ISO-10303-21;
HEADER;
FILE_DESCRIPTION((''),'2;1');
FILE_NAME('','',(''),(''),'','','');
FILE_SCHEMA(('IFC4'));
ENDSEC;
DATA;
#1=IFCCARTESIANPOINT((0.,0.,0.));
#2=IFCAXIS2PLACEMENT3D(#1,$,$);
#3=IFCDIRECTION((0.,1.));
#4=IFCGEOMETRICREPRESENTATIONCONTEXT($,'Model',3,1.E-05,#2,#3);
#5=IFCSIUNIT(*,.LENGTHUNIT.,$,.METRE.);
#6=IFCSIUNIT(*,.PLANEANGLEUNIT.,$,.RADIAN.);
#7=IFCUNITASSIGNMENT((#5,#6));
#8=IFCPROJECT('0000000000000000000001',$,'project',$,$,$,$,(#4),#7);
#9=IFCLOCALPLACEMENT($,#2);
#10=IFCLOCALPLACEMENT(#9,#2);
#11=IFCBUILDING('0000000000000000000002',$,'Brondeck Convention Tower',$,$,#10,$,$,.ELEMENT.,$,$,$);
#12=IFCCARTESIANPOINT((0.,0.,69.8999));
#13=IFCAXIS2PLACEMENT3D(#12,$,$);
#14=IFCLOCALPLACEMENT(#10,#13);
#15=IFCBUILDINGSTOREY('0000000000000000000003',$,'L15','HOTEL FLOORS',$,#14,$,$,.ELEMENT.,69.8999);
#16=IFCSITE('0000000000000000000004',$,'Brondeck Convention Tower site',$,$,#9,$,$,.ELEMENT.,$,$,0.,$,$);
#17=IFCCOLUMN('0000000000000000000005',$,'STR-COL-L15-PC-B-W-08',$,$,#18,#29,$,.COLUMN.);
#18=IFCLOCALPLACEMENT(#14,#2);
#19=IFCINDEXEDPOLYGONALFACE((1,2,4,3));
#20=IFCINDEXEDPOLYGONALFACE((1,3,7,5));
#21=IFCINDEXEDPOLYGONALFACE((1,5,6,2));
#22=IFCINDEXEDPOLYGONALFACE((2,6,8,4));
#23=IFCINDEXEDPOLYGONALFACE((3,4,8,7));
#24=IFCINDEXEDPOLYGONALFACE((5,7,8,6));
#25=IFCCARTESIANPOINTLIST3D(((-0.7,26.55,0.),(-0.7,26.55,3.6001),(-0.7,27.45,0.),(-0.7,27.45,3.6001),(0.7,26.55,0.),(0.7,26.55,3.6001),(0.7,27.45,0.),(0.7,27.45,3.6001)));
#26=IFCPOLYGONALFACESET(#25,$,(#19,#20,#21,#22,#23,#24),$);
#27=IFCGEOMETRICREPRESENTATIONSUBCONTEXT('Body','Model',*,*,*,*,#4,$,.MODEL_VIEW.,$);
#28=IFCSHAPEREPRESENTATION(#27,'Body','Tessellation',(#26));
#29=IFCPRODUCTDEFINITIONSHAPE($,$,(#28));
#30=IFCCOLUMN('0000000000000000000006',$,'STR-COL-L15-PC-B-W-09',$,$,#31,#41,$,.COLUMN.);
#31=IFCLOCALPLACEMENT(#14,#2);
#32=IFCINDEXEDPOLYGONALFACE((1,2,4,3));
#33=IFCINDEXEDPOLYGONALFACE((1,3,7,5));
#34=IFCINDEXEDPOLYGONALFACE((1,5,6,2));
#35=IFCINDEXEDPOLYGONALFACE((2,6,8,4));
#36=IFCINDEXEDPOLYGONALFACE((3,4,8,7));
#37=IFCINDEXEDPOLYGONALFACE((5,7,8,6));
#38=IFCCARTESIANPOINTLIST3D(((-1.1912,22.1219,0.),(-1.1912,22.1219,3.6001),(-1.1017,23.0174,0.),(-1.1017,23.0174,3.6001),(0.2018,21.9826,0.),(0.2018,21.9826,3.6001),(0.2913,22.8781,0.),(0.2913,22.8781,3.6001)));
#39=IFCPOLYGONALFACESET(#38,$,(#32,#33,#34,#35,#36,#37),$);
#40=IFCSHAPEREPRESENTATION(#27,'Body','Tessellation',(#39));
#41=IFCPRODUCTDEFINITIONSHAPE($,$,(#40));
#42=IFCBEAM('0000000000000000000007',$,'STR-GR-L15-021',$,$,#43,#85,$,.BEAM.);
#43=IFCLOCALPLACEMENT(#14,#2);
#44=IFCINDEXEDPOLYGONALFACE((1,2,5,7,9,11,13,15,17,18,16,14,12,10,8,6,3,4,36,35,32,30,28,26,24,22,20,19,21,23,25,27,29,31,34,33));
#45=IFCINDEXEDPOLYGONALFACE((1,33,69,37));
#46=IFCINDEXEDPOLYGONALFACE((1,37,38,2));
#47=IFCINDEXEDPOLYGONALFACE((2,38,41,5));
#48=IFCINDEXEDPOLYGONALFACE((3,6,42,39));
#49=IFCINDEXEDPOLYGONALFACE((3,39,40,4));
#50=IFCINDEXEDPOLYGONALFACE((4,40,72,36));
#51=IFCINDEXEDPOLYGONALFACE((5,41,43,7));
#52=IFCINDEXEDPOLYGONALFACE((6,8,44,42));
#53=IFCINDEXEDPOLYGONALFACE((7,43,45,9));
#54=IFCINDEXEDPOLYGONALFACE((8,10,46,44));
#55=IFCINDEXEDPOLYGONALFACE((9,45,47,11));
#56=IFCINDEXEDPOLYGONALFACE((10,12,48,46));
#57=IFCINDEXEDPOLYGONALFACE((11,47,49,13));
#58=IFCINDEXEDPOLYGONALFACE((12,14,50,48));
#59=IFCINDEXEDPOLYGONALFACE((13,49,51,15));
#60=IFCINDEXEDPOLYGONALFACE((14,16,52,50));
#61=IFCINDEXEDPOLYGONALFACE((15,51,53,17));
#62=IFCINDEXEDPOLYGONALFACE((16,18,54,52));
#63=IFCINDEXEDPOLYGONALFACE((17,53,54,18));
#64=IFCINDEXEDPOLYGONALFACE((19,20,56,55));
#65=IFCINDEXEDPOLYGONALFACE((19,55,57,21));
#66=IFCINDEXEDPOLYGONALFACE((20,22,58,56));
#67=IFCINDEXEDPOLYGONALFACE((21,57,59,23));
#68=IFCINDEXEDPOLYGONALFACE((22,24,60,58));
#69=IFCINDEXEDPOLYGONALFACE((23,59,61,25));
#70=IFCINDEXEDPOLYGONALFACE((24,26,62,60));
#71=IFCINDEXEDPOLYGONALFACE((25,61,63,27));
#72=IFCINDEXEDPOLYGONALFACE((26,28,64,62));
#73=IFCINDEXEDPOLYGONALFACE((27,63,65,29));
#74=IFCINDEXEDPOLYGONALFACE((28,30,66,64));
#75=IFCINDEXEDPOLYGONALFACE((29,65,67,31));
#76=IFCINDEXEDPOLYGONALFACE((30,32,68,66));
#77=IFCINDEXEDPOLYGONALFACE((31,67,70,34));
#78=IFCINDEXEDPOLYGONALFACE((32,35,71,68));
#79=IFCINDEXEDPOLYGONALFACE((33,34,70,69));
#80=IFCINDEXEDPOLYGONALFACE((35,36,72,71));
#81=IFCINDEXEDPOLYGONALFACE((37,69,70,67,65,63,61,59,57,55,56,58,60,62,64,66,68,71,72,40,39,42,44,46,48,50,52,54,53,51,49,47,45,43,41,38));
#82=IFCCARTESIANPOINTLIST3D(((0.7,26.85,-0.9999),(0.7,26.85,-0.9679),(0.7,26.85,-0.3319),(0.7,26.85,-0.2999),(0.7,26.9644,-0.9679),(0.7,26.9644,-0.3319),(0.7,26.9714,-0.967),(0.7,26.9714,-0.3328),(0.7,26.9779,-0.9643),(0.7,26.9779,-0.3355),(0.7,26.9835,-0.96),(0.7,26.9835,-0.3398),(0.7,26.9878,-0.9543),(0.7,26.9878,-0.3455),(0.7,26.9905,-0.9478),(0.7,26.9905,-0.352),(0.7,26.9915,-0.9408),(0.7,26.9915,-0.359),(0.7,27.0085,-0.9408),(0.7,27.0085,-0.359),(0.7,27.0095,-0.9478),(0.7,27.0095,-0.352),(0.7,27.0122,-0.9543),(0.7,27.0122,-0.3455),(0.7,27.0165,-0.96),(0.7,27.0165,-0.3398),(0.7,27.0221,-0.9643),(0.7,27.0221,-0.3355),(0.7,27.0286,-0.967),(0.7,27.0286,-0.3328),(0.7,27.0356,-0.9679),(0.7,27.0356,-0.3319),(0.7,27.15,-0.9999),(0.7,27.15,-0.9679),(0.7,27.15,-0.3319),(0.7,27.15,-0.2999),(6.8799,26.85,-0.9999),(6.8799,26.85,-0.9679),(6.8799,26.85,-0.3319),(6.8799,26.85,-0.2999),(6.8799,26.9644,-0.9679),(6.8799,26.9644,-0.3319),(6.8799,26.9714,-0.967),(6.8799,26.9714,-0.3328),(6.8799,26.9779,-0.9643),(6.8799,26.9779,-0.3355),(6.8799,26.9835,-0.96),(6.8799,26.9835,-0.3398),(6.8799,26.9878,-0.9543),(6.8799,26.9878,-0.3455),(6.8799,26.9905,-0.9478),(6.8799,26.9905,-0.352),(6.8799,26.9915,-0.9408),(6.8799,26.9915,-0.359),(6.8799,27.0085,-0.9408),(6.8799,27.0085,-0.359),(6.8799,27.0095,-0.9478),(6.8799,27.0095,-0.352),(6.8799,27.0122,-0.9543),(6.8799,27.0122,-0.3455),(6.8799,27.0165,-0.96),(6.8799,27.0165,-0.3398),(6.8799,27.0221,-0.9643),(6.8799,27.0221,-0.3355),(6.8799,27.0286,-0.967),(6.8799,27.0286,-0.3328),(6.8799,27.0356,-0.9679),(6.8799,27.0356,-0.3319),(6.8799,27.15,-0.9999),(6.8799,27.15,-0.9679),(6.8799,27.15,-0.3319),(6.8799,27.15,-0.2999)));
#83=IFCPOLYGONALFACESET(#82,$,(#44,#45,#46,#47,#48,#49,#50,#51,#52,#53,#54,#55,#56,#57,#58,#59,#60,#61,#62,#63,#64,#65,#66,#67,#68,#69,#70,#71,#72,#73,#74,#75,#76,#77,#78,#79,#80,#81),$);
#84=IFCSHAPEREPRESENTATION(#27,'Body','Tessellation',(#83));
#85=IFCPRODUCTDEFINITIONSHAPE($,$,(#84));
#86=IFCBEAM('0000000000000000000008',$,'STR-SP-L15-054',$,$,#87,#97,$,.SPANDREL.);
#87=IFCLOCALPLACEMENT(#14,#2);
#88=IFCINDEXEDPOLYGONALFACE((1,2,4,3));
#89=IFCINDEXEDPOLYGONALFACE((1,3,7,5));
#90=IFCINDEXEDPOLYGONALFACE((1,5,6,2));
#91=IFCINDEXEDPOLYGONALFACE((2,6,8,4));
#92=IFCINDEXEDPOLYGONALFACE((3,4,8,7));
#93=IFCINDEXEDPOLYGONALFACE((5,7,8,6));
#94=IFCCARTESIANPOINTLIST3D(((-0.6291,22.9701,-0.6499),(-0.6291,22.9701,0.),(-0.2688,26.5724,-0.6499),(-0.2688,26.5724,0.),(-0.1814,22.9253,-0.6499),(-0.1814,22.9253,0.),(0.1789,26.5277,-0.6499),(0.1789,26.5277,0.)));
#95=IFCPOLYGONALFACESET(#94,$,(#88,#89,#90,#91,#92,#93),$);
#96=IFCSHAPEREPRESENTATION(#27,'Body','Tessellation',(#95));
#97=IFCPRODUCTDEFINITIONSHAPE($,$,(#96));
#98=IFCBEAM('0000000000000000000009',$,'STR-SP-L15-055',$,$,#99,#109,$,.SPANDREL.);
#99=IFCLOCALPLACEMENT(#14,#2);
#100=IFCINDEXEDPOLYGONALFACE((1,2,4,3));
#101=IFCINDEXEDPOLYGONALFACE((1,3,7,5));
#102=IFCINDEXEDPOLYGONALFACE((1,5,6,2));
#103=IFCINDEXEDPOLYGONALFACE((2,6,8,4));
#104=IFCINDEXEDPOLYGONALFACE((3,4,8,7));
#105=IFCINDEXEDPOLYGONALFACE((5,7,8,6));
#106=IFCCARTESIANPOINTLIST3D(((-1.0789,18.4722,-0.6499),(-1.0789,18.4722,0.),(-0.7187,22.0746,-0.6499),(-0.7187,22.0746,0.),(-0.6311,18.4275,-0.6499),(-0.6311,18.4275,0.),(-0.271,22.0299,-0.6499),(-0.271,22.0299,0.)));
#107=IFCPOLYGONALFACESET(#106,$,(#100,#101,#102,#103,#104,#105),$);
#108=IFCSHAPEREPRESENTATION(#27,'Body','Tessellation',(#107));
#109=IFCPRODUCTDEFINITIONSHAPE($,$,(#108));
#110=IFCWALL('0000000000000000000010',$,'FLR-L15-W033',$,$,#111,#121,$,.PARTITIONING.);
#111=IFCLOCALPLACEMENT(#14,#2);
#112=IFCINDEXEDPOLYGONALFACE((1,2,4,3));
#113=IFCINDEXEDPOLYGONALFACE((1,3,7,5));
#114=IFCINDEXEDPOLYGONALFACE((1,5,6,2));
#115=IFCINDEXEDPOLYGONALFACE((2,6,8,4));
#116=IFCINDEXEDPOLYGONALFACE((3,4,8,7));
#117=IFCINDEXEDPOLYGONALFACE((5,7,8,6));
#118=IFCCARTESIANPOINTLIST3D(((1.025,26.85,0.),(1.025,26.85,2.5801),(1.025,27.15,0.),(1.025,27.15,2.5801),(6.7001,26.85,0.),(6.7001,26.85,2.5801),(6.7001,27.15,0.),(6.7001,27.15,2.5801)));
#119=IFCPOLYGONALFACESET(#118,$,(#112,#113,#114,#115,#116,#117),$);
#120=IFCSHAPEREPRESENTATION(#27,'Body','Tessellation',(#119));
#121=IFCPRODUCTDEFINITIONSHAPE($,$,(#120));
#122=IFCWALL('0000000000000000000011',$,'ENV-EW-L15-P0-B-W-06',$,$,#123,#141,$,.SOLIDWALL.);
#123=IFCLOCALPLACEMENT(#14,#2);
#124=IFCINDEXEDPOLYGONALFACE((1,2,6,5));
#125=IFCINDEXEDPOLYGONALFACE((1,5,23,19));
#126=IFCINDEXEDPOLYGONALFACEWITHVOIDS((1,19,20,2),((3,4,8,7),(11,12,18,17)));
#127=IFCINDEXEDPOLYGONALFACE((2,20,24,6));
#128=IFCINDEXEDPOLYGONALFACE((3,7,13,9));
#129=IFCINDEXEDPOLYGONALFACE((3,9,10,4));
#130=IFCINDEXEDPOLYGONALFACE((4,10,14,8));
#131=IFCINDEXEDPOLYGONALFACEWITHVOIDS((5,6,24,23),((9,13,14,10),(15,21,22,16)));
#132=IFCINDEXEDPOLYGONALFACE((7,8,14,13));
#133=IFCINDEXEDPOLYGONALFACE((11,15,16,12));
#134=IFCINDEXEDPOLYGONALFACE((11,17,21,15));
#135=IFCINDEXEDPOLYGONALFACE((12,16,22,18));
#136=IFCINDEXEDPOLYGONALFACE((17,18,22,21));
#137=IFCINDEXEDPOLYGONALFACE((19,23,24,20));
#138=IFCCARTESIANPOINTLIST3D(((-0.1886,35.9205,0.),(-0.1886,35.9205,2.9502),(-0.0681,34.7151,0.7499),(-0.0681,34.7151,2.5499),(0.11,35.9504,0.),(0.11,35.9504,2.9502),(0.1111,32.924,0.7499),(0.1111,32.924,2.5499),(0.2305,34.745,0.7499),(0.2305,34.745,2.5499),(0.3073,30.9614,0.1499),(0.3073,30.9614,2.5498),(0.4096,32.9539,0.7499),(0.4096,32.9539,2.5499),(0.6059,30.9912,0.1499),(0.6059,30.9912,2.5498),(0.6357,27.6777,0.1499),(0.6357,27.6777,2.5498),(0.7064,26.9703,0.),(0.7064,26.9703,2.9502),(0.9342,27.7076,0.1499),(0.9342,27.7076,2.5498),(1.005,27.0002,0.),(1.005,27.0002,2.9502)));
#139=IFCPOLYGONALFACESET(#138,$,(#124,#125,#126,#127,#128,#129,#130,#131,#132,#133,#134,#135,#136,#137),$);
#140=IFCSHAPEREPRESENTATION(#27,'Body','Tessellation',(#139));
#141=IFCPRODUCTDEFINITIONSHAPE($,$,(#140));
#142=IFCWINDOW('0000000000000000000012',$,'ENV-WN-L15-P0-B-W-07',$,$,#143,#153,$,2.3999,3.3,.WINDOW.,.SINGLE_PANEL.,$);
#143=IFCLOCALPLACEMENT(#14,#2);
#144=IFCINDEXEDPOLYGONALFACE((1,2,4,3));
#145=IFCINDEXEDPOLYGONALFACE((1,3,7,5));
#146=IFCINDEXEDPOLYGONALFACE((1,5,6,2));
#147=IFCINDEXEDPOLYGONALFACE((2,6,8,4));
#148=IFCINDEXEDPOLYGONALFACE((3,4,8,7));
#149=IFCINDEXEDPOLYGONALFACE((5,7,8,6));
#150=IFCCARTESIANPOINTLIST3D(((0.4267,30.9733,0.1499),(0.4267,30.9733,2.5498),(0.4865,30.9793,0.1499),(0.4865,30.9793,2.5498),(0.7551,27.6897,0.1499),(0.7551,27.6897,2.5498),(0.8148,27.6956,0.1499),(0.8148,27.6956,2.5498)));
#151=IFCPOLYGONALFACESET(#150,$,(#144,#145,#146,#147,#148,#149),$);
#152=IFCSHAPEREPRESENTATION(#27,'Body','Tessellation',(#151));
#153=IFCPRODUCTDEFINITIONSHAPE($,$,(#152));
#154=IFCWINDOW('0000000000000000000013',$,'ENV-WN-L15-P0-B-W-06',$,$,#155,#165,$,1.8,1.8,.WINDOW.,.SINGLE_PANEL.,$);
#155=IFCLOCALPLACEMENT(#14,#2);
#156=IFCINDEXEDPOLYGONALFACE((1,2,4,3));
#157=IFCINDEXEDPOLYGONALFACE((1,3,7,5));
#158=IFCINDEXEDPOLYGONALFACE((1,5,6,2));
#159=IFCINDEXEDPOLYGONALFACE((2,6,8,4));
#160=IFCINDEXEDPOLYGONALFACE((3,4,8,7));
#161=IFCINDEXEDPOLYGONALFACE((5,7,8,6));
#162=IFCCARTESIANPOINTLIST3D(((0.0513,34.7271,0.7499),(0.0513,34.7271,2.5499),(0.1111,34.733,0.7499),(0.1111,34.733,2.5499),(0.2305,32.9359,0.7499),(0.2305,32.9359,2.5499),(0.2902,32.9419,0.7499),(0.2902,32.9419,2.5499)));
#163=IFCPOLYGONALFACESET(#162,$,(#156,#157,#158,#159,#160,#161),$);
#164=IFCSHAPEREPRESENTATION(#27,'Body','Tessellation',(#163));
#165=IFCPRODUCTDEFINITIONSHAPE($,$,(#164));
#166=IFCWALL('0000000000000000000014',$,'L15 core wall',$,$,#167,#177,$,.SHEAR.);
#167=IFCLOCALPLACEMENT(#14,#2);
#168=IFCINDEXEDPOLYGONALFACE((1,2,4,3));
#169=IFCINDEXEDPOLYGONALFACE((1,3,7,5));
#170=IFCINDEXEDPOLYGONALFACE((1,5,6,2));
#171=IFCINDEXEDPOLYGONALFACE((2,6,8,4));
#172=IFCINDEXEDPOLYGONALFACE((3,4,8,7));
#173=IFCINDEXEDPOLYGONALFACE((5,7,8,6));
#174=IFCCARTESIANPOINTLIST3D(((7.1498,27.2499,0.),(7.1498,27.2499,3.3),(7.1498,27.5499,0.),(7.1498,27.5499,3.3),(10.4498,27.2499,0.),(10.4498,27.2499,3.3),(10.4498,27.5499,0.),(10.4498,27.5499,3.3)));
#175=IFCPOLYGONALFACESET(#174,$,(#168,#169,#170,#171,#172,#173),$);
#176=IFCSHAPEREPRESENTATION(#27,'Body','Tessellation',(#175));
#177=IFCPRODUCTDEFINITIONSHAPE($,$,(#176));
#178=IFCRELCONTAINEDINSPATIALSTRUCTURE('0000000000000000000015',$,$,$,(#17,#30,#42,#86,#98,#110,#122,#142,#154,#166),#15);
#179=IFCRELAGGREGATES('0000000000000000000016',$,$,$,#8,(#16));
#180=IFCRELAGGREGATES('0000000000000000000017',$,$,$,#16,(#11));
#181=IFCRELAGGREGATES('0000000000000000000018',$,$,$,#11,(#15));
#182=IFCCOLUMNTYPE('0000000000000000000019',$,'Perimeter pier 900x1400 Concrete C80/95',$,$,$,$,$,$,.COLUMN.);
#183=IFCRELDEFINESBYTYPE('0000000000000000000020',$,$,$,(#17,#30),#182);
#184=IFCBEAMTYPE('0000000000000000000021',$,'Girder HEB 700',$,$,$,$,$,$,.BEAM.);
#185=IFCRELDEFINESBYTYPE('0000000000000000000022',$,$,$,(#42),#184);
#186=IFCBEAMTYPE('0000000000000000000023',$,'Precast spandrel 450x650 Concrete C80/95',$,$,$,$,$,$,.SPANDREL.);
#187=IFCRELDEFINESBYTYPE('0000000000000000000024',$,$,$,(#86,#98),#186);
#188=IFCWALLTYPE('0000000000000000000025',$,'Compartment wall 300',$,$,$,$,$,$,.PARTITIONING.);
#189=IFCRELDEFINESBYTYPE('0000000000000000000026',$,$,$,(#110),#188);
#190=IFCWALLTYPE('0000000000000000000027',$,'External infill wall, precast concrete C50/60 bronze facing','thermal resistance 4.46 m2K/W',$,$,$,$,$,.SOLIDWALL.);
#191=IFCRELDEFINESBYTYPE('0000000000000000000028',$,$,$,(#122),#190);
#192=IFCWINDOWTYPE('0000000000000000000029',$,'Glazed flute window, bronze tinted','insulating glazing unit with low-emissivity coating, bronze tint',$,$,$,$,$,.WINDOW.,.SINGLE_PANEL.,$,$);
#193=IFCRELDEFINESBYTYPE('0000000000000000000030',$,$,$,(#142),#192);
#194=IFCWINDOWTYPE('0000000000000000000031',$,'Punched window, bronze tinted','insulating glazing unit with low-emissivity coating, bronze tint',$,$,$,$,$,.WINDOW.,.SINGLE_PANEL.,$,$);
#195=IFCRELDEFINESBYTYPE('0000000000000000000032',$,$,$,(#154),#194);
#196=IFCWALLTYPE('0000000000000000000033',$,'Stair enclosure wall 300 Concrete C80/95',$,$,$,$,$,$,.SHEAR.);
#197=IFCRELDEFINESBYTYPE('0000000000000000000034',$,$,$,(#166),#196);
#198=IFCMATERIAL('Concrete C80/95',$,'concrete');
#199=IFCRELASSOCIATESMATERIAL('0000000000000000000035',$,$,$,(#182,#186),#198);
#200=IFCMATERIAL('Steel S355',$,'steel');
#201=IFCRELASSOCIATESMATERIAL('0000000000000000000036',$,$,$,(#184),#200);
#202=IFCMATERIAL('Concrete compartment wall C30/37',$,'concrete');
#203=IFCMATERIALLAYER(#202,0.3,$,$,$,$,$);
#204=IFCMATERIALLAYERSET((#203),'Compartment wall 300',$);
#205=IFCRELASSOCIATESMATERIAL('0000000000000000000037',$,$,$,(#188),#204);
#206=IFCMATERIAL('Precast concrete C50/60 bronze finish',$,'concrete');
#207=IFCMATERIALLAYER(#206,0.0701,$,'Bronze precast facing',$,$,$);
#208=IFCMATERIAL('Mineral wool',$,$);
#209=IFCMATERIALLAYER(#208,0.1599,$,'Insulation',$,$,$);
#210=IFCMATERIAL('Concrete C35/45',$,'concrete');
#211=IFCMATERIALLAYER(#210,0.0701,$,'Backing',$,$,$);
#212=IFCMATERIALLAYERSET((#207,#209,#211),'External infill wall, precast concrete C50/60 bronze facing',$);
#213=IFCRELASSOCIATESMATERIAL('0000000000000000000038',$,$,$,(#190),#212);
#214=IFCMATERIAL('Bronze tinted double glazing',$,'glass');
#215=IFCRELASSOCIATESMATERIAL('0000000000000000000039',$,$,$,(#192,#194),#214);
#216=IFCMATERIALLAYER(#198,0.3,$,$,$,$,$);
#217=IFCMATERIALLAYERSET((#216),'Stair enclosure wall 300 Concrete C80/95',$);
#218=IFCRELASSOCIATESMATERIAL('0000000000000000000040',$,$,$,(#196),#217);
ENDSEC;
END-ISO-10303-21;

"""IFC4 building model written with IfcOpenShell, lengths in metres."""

from ifc_helpers import new_model, si_unit, direction, frame, frame_2d, origin, origin_2d, place, context, subcontext, project, spatial, rectangle, i_section, extrude, material, layer, layer_set, material_profile, profile_set, type_object, element, fill, save


model = new_model("IFC4")

# Units and contexts
model_context = context("Model", 3, precision=1e-05, world=origin(), true_north=direction((0.0, 1.0)))
body_context = subcontext(model_context, "Body", "Model", "MODEL_VIEW")
ifc_project = project(units=[si_unit("LENGTHUNIT", "METRE"), si_unit("PLANEANGLEUNIT", "RADIAN")], contexts=[model_context])

# Site, building, storey
site_placement = place(None, origin())
site = spatial("IfcSite", under=ifc_project, at=site_placement, Name="Brondeck Convention Tower site", CompositionType="ELEMENT", RefElevation=0.0)
building_placement = place(site_placement, origin())
building = spatial("IfcBuilding", under=site, at=building_placement, Name="Brondeck Convention Tower", CompositionType="ELEMENT")
storey_placement = place(building_placement, frame((0.0, 0.0, 69.8999)))
storey = spatial("IfcBuildingStorey", under=building, at=storey_placement, Name="L15", Description="HOTEL FLOORS", CompositionType="ELEMENT", Elevation=69.8999)

# Columns
ifc_material_1 = material(Name="Concrete C80/95", Category="concrete")
ifc_material_profile_1 = material_profile(ifc_material_1, rectangle(XDim=0.8999, YDim=1.3999, at=origin_2d()), Name="Perimeter pier 900x1400 Concrete C80/95")
ifc_profile_set_1 = profile_set([ifc_material_profile_1], Name="Concrete C80/95")
column_type = type_object("IfcColumnType", Name="Perimeter pier 900x1400 Concrete C80/95", PredefinedType="COLUMN", material=ifc_profile_set_1)
for number, where, z_axis, x_axis, name in (
    (1, (0.0, 27.0, 0.0), (0.0, 0.0, 1.0), (0.0, -1.0, 0.0), "STR-COL-L15-PC-B-W-08"),
    (2, (-0.45, 22.5, 0.0), (0.0, 0.0, 1.0), (-0.099504, -0.995037, 0.0), "STR-COL-L15-PC-B-W-09"),
):
    element("IfcColumn", number, at=place(storey_placement, frame(where, z_axis=z_axis, x_axis=x_axis)), inside=storey, type_object=column_type, Name=name, PredefinedType="COLUMN", context=body_context, shape_type="SweptSolid", body=[
        extrude(rectangle(XDim=0.8999, YDim=1.3999, at=origin_2d()), origin(), (0.0, 0.0, 1.0), 3.6001),
    ])

# Beams
ifc_material_2 = material(Name="Steel S355", Category="steel")
ifc_material_profile_2 = material_profile(ifc_material_2, i_section(OverallWidth=0.3, OverallDepth=0.7, WebThickness=0.0171, FlangeThickness=0.032, FilletRadius=0.0271, at=origin_2d()), Name="HEB 700")
ifc_profile_set_2 = profile_set([ifc_material_profile_2], Name="Steel S355")
beam_type_1 = type_object("IfcBeamType", Name="Girder HEB 700", PredefinedType="BEAM", material=ifc_profile_set_2)
beam_placement = place(storey_placement, frame((0.7, 27.0, -0.6499), z_axis=(1.0, 0.0, 0.0), x_axis=(0.0, 1.0, 0.0)))
element("IfcBeam", 3, at=beam_placement, inside=storey, type_object=beam_type_1, Name="STR-GR-L15-021", PredefinedType="BEAM", context=body_context, shape_type="SweptSolid", body=[
    extrude(i_section(OverallWidth=0.3, OverallDepth=0.7, WebThickness=0.0171, FlangeThickness=0.032, FilletRadius=0.0271, at=origin_2d()), origin(), (0.0, 0.0, 1.0), 6.1799),
])
ifc_material_profile_3 = material_profile(ifc_material_1, rectangle(XDim=0.45, YDim=0.6499, at=origin_2d()), Name="Precast spandrel 450x650 Concrete C80/95")
ifc_profile_set_3 = profile_set([ifc_material_profile_3], Name="Concrete C80/95")
beam_type_2 = type_object("IfcBeamType", Name="Precast spandrel 450x650 Concrete C80/95", PredefinedType="SPANDREL", material=ifc_profile_set_3)
for number, where, z_axis, x_axis, name in (
    (4, (-0.0449, 26.55, -0.325), (-0.099537, -0.995034, 0.0), (0.995034, -0.099537, 0.0), "STR-SP-L15-054"),
    (5, (-0.4949, 22.0522, -0.325), (-0.09947, -0.995041, 0.0), (0.995041, -0.09947, 0.0), "STR-SP-L15-055"),
):
    element("IfcBeam", number, at=place(storey_placement, frame(where, z_axis=z_axis, x_axis=x_axis)), inside=storey, type_object=beam_type_2, Name=name, PredefinedType="SPANDREL", context=body_context, shape_type="SweptSolid", body=[
        extrude(rectangle(XDim=0.45, YDim=0.6499, at=origin_2d()), origin(), (0.0, 0.0, 1.0), 3.6204),
    ])

# Wall
ifc_material_3 = material(Name="Concrete compartment wall C30/37", Category="concrete")
ifc_layer_1 = layer(ifc_material_3, 0.3)
ifc_layer_set_1 = layer_set([ifc_layer_1], Name="Compartment wall 300")
wall_type_1 = type_object("IfcWallType", Name="Compartment wall 300", PredefinedType="PARTITIONING", material=ifc_layer_set_1)
wall_1_placement = place(storey_placement, frame((6.7, 27.0, 0.0), z_axis=(0.0, 0.0, 1.0), x_axis=(-1.0, 0.0, 0.0)))
element("IfcWall", 6, at=wall_1_placement, inside=storey, type_object=wall_type_1, Name="FLR-L15-W033", PredefinedType="PARTITIONING", context=body_context, shape_type="SweptSolid", body=[
    extrude(rectangle(XDim=5.675, YDim=0.3, at=frame_2d((2.8374, 0.0))), origin(), (0.0, 0.0, 1.0), 2.5801),
])

# Wall, openings, windows
ifc_material_4 = material(Name="Precast concrete C50/60 bronze finish", Category="concrete")
ifc_layer_2 = layer(ifc_material_4, 0.0701, Name="Bronze precast facing")
ifc_material_5 = material(Name="Mineral wool")
ifc_layer_3 = layer(ifc_material_5, 0.1599, Name="Insulation")
ifc_material_6 = material(Name="Concrete C35/45", Category="concrete")
ifc_layer_4 = layer(ifc_material_6, 0.0701, Name="Backing")
ifc_layer_set_2 = layer_set([ifc_layer_2, ifc_layer_3, ifc_layer_4], Name="External infill wall, precast concrete C50/60 bronze facing")
wall_type_2 = type_object("IfcWallType", Name="External infill wall, precast concrete C50/60 bronze facing", Description="thermal resistance 4.46 m2K/W", PredefinedType="SOLIDWALL", material=ifc_layer_set_2)
wall_2_placement = place(storey_placement, frame((0.8557, 26.9851, 0.0), z_axis=(0.0, 0.0, 1.0), x_axis=(-0.099504, 0.995037, 0.0)))
wall_2 = element("IfcWall", 7, at=wall_2_placement, inside=storey, type_object=wall_type_2, Name="ENV-EW-L15-P0-B-W-06", PredefinedType="SOLIDWALL", context=body_context, shape_type="SweptSolid", body=[
    extrude(rectangle(XDim=8.9949, YDim=0.3, at=frame_2d((4.4976, 0.0))), origin(), (0.0, 0.0, 1.0), 2.9502),
])
opening_1_placement = place(wall_2_placement, frame((0.7112, 0.0, 0.1499)))
opening_1 = element("IfcOpeningElement", 8, at=opening_1_placement, cuts=wall_2, PredefinedType="OPENING", context=body_context, shape_type="SweptSolid", body=[
    extrude(rectangle(XDim=3.3, YDim=2.3999, at=frame_2d((1.6499, 1.2))), frame((0.0, 0.1599, 0.0), z_axis=(0.0, -1.0, 0.0), x_axis=(1.0, 0.0, 0.0)), (0.0, 0.0, 1.0), 0.3201),
])
opening_2_placement = place(wall_2_placement, frame((5.9836, 0.0, 0.75)))
opening_2 = element("IfcOpeningElement", 9, at=opening_2_placement, cuts=wall_2, PredefinedType="OPENING", context=body_context, shape_type="SweptSolid", body=[
    extrude(rectangle(XDim=1.8, YDim=1.8, at=frame_2d((0.8999, 0.8999))), frame((0.0, 0.1599, 0.0), z_axis=(0.0, -1.0, 0.0), x_axis=(1.0, 0.0, 0.0)), (0.0, 0.0, 1.0), 0.3201),
])
ifc_material_7 = material(Name="Bronze tinted double glazing", Category="glass")
window_type_1 = type_object("IfcWindowType", Name="Glazed flute window, bronze tinted", Description="insulating glazing unit with low-emissivity coating, bronze tint", PartitioningType="SINGLE_PANEL", PredefinedType="WINDOW", material=ifc_material_7)
window_1_placement = place(opening_1_placement, origin())
window_1 = element("IfcWindow", 10, at=window_1_placement, inside=storey, type_object=window_type_1, Name="ENV-WN-L15-P0-B-W-07", OverallHeight=2.3999, OverallWidth=3.3, PartitioningType="SINGLE_PANEL", PredefinedType="WINDOW", context=body_context, shape_type="SweptSolid", body=[
    extrude(rectangle(XDim=3.3, YDim=2.3999, at=frame_2d((1.6499, 1.2))), frame((0.0, 0.03, 0.0), z_axis=(0.0, -1.0, 0.0), x_axis=(1.0, 0.0, 0.0)), (0.0, 0.0, 1.0), 0.0601),
])
fill(opening_1, window_1)
window_type_2 = type_object("IfcWindowType", Name="Punched window, bronze tinted", Description="insulating glazing unit with low-emissivity coating, bronze tint", PartitioningType="SINGLE_PANEL", PredefinedType="WINDOW", material=ifc_material_7)
window_2_placement = place(opening_2_placement, origin())
window_2 = element("IfcWindow", 11, at=window_2_placement, inside=storey, type_object=window_type_2, Name="ENV-WN-L15-P0-B-W-06", OverallHeight=1.8, OverallWidth=1.8, PartitioningType="SINGLE_PANEL", PredefinedType="WINDOW", context=body_context, shape_type="SweptSolid", body=[
    extrude(rectangle(XDim=1.8, YDim=1.8, at=frame_2d((0.8999, 0.8999))), frame((0.0, 0.03, 0.0), z_axis=(0.0, -1.0, 0.0), x_axis=(1.0, 0.0, 0.0)), (0.0, 0.0, 1.0), 0.0601),
])
fill(opening_2, window_2)

# Wall
ifc_layer_5 = layer(ifc_material_1, 0.3)
ifc_layer_set_3 = layer_set([ifc_layer_5], Name="Stair enclosure wall 300 Concrete C80/95")
wall_type_3 = type_object("IfcWallType", Name="Stair enclosure wall 300 Concrete C80/95", PredefinedType="SHEAR", material=ifc_layer_set_3)
wall_3_placement = place(storey_placement, frame((7.1499, 27.3999, 0.0), z_axis=(0.0, 0.0, 1.0), x_axis=(1.0, 0.0, 0.0)))
element("IfcWall", 12, at=wall_3_placement, inside=storey, type_object=wall_type_3, Name="L15 core wall", PredefinedType="SHEAR", context=body_context, shape_type="SweptSolid", body=[
    extrude(rectangle(XDim=3.3, YDim=0.3, at=frame_2d((1.6499, 0.0))), origin(), (0.0, 0.0, 1.0), 3.3),
])

save(model, "model.ifc")
